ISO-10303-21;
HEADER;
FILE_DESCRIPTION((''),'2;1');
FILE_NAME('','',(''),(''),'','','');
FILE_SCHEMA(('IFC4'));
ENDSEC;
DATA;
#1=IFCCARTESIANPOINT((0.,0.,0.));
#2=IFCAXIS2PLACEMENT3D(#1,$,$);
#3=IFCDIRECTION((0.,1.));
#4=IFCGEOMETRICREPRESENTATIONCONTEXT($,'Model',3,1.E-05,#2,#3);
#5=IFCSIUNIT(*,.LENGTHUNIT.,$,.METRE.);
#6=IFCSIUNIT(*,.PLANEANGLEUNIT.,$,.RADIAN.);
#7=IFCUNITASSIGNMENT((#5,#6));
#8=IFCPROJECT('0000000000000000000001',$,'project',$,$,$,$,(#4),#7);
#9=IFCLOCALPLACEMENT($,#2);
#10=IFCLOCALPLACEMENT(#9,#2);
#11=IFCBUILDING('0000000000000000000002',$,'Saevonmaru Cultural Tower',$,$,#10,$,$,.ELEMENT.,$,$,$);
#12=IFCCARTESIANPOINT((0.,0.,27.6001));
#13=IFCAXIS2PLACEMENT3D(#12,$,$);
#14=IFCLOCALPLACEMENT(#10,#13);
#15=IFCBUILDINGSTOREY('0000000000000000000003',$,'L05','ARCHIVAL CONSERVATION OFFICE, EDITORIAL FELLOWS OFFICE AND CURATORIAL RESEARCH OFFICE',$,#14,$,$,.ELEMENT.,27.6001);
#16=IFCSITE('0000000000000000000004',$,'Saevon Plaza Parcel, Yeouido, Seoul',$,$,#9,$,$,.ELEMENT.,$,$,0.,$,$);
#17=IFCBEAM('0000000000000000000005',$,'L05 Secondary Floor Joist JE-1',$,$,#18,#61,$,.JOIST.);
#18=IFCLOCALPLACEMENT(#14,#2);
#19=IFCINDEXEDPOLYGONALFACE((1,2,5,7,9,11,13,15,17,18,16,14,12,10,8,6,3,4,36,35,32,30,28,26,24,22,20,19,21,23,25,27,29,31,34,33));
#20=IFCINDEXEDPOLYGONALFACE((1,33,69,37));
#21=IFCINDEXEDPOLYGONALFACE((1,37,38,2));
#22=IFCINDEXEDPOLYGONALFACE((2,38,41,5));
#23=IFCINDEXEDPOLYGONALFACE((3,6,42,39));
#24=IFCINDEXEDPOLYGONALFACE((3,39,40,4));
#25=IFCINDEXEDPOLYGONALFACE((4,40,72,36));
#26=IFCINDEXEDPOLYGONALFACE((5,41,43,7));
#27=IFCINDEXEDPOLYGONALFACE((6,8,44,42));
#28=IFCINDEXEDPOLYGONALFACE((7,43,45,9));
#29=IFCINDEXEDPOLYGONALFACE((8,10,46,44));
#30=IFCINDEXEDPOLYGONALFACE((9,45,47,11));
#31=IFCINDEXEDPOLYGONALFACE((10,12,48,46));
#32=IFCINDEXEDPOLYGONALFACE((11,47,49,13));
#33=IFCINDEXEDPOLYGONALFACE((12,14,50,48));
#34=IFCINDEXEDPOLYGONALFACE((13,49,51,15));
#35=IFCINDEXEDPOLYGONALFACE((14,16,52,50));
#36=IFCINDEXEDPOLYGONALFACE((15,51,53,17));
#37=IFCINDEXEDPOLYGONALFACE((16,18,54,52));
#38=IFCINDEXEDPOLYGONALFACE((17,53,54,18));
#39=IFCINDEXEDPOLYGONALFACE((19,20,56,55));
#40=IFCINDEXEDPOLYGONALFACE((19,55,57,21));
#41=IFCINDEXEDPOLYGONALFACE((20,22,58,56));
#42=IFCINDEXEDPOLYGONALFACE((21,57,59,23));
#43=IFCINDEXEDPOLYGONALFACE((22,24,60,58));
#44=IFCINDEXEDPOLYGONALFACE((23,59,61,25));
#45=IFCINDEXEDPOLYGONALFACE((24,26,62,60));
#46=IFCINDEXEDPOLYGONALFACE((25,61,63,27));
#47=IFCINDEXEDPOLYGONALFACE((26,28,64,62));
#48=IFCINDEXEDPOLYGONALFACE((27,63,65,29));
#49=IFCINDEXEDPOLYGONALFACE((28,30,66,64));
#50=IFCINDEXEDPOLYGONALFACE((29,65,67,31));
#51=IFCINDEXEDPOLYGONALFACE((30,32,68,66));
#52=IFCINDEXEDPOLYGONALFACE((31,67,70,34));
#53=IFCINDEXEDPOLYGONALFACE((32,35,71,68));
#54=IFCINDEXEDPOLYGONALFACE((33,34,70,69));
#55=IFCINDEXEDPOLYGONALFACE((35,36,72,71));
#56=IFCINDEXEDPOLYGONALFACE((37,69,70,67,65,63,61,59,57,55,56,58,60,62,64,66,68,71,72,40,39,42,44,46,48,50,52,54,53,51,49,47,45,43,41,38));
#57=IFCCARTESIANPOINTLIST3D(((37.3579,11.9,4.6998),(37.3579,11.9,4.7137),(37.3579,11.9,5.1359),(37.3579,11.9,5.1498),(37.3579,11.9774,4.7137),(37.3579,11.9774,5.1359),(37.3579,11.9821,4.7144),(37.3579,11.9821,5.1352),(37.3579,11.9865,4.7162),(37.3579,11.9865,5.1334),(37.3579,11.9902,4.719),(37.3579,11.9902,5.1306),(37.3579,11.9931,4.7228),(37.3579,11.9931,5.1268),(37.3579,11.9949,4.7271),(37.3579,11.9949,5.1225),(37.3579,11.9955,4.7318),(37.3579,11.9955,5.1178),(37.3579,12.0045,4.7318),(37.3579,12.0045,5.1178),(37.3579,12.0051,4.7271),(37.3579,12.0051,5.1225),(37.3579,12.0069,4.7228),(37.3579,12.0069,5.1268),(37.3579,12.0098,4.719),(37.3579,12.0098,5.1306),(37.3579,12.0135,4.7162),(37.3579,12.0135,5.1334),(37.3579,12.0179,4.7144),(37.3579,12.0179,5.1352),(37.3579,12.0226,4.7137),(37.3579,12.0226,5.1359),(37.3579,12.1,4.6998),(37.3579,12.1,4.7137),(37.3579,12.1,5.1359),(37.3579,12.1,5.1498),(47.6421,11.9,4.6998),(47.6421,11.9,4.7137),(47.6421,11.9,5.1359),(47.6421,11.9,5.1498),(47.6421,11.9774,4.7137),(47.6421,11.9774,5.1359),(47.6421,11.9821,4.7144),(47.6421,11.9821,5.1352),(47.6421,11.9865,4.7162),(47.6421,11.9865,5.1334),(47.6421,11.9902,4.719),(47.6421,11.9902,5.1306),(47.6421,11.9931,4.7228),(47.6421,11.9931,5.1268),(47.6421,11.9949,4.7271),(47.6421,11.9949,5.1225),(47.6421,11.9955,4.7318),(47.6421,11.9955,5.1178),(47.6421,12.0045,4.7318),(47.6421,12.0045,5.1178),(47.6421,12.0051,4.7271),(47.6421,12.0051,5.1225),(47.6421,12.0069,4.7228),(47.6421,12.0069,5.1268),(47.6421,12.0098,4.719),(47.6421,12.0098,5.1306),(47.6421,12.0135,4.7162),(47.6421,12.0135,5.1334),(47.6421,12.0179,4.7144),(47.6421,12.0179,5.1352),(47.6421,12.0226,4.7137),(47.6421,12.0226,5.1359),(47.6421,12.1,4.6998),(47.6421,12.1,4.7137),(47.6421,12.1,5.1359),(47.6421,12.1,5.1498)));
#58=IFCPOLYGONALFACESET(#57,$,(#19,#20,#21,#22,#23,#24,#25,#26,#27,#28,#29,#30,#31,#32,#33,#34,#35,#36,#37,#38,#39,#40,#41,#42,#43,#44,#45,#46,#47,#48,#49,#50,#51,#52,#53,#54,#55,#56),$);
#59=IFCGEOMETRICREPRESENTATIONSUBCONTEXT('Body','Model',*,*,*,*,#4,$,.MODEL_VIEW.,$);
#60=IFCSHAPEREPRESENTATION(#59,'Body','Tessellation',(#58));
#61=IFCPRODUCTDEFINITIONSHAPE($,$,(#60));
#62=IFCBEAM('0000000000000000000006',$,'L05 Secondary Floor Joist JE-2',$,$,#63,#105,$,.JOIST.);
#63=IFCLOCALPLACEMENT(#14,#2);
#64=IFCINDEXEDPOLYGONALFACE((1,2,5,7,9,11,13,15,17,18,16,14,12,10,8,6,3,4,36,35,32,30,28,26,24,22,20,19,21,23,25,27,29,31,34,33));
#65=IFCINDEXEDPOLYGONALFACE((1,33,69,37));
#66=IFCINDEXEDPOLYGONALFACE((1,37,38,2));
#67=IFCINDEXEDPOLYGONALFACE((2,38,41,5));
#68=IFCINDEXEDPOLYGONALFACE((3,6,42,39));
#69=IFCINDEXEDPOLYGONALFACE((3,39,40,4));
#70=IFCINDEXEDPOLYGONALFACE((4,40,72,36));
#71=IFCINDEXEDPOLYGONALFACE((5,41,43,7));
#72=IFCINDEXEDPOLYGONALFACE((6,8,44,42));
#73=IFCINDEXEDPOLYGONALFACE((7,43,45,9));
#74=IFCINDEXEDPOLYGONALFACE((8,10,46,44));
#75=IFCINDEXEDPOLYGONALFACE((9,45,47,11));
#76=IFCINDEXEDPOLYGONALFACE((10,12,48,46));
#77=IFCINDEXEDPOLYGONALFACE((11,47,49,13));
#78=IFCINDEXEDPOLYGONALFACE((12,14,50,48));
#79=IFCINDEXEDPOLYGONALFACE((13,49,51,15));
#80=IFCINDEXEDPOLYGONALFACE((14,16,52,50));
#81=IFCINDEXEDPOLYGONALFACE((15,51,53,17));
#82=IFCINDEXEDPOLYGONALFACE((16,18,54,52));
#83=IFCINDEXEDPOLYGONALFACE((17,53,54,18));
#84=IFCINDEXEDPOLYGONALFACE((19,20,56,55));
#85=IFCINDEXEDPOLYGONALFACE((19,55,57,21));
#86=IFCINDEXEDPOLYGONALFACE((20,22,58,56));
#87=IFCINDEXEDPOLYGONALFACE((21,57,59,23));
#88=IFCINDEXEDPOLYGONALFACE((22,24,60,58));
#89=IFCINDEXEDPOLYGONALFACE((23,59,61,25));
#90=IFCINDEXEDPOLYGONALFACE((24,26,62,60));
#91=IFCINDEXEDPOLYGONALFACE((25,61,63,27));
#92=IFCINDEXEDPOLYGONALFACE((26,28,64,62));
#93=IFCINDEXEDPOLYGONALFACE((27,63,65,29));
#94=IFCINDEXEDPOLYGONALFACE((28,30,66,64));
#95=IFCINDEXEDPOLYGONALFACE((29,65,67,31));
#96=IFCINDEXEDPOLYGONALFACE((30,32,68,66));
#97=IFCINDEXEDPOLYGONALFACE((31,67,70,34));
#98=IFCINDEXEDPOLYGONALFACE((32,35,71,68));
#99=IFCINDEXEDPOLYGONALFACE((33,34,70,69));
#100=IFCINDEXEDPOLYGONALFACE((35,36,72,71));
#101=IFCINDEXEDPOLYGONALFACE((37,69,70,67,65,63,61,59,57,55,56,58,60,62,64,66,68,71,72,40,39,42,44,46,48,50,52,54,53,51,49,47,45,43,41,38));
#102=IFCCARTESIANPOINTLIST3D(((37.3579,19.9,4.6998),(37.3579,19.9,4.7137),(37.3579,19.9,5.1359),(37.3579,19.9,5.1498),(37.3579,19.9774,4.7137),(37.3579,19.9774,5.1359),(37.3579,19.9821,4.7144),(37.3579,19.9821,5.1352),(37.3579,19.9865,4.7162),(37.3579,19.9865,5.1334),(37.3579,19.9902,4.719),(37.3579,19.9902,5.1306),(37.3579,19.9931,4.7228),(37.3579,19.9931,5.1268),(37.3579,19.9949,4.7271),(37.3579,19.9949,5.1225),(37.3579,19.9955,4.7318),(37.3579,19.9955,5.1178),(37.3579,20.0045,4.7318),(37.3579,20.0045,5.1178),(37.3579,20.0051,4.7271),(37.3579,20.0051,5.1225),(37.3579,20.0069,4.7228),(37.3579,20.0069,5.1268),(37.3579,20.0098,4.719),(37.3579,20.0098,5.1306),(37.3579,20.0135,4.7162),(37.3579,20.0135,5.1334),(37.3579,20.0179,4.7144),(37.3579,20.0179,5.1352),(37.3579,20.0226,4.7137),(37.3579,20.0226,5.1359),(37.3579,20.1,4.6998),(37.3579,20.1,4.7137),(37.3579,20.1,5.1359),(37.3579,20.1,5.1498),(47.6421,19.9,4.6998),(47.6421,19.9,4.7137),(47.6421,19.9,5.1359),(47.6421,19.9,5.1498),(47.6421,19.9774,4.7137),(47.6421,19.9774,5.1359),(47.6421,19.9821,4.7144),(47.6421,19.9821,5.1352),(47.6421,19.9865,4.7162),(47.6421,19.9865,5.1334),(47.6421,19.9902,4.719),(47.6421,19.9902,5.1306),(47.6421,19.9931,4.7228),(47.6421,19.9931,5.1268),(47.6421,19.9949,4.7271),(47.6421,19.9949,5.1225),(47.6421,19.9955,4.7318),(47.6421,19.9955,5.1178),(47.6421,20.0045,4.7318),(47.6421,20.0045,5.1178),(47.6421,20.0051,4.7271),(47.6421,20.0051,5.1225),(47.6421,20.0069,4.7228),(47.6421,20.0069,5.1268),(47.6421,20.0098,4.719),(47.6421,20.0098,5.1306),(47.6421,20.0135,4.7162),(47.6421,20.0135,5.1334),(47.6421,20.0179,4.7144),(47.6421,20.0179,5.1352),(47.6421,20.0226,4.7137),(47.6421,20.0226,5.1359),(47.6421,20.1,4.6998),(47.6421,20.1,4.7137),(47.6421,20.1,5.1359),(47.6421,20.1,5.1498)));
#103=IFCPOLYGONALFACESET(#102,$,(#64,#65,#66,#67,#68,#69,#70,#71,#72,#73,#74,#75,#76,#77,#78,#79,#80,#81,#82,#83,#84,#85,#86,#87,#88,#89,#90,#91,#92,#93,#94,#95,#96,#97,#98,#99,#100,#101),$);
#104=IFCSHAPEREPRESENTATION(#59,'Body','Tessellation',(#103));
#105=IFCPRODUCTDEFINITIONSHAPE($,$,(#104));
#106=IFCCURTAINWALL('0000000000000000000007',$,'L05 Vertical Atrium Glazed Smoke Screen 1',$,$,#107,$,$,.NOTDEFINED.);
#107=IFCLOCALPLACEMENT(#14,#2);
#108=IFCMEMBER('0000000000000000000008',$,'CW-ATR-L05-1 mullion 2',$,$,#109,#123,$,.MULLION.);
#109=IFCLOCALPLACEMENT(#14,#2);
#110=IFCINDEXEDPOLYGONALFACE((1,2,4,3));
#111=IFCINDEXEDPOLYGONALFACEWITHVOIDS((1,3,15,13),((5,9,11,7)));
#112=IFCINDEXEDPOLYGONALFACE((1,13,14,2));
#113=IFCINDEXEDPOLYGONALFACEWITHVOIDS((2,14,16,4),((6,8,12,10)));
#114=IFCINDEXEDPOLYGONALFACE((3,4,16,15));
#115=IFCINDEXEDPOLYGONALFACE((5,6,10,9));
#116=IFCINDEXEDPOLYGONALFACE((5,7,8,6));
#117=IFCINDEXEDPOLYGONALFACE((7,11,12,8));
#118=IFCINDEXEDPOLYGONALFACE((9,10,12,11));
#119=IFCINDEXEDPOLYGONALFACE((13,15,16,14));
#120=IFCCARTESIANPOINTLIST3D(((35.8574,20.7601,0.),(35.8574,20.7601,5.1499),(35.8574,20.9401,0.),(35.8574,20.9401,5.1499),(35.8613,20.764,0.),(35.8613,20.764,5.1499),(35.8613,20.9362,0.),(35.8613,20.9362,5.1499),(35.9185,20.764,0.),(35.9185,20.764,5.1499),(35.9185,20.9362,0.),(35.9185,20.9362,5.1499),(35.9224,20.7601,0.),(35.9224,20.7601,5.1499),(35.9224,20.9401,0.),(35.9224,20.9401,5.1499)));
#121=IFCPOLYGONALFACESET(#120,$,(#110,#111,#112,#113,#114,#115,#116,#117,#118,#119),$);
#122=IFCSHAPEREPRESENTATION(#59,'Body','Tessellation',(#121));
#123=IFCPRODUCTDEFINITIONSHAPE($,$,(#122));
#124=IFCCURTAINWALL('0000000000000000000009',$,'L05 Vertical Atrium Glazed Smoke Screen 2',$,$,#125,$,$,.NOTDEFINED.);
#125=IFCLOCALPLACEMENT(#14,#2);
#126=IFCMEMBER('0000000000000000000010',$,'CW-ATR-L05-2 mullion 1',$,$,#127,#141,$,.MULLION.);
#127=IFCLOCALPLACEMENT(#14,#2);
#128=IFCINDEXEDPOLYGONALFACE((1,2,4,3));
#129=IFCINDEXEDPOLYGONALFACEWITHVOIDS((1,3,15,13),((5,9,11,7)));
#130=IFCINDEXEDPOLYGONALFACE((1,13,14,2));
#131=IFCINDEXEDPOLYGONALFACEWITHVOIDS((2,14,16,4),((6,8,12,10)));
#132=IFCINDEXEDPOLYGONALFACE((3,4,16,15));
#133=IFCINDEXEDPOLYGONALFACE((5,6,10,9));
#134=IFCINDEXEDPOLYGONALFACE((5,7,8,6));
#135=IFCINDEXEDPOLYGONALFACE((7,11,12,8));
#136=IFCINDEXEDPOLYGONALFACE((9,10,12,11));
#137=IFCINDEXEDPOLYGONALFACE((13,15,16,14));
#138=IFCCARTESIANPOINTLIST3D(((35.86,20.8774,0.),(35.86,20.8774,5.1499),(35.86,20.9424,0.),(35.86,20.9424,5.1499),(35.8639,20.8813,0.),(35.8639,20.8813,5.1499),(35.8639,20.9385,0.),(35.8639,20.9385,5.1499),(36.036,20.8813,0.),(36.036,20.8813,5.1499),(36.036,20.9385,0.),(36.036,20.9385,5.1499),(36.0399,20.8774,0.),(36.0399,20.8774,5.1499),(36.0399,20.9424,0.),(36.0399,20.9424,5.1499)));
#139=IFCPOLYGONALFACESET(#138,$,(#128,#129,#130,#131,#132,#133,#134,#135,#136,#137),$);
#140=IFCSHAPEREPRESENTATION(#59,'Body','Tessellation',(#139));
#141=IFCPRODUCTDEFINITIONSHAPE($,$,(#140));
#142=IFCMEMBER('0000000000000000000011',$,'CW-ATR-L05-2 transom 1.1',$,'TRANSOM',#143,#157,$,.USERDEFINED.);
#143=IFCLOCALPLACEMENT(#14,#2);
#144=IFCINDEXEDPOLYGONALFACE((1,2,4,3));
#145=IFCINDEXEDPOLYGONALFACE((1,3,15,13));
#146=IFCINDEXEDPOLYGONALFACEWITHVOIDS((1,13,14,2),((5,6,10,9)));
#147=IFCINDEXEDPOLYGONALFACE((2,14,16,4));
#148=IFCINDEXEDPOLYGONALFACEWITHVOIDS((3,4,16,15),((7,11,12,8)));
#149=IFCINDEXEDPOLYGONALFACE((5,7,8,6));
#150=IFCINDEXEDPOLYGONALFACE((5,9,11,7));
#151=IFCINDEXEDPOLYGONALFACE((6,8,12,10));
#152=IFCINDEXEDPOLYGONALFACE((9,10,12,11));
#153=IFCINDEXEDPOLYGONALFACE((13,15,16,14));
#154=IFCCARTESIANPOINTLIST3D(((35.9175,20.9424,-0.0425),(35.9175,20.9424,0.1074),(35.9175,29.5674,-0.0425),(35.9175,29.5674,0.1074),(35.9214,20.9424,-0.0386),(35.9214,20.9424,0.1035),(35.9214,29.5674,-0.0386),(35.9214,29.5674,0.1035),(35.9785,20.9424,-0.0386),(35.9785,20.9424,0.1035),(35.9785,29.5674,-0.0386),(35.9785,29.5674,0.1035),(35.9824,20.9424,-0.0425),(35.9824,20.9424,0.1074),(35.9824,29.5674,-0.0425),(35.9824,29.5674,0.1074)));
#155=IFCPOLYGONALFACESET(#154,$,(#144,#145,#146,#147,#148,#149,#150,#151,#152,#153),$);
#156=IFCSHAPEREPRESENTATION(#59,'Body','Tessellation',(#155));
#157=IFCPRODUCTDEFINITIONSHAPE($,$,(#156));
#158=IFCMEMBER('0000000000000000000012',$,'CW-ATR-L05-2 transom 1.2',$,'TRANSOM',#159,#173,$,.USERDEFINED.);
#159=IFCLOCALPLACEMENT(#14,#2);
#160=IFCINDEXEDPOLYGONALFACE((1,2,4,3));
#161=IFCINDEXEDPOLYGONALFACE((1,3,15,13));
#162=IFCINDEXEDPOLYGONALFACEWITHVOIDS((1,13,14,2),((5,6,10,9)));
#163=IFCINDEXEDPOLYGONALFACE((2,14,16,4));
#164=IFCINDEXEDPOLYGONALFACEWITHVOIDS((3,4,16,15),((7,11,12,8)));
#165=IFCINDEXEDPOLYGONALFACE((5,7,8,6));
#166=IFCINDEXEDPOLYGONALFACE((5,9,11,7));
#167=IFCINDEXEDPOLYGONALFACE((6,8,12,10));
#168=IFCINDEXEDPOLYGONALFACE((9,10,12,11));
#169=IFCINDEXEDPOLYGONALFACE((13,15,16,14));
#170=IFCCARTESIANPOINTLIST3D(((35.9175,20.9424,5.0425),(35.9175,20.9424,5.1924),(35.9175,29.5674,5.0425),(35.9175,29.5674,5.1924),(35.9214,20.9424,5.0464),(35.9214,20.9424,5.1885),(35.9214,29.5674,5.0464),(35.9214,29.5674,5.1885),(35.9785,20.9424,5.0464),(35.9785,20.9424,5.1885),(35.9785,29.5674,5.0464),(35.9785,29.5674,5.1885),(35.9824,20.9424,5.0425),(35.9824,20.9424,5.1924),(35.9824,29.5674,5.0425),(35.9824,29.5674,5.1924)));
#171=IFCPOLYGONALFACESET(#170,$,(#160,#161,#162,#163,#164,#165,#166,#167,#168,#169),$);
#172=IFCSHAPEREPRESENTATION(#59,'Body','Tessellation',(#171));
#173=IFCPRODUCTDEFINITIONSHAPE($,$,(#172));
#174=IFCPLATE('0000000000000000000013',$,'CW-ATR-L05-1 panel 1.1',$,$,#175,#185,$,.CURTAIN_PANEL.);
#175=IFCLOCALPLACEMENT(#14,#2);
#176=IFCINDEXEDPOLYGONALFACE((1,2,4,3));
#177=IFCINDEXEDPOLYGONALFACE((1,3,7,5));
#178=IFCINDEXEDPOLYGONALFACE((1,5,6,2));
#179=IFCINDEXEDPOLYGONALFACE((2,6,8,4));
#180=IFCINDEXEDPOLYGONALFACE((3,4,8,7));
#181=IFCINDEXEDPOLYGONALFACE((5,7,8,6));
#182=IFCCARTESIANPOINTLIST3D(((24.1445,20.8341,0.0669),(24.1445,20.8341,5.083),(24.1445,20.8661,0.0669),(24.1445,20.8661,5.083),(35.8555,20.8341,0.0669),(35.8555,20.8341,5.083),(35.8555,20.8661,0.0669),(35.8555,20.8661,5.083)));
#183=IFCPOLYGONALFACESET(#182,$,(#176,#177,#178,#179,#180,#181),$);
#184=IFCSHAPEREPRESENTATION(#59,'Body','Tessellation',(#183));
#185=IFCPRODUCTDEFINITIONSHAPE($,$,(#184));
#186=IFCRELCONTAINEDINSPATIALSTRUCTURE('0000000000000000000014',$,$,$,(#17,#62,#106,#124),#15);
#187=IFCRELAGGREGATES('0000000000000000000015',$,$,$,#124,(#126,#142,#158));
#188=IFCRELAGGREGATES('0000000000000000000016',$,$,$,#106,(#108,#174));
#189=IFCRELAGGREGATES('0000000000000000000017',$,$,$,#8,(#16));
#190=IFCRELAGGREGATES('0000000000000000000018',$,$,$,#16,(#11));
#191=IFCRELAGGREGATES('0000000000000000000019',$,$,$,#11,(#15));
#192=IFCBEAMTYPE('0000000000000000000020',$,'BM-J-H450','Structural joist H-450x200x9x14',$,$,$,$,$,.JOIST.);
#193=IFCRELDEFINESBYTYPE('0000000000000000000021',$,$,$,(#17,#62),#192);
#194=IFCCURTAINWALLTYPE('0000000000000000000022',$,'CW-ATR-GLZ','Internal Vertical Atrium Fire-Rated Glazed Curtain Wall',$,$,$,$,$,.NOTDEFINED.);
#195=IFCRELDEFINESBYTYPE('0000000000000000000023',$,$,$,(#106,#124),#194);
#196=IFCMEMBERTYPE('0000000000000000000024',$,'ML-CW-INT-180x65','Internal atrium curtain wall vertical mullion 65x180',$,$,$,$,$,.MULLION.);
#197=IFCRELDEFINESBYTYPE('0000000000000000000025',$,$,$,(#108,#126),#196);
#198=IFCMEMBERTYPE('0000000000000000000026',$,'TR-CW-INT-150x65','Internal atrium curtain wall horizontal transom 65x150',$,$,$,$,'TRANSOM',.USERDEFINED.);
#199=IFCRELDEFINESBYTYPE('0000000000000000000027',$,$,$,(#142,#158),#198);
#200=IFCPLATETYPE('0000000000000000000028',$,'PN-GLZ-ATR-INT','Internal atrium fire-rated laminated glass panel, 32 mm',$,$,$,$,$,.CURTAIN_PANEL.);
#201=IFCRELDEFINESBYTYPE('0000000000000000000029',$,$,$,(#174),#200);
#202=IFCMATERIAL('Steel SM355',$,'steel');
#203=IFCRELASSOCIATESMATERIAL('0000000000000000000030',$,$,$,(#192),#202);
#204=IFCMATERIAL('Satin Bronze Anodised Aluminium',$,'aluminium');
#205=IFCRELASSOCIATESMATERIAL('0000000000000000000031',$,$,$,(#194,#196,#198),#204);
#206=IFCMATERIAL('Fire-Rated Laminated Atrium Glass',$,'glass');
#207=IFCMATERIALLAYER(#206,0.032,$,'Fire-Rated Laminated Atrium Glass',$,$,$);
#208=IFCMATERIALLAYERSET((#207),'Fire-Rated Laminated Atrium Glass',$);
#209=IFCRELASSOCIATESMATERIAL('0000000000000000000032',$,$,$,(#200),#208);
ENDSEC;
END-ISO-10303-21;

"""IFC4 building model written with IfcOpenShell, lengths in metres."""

from ifc_helpers import new_model, si_unit, direction, frame, origin, origin_2d, place, context, subcontext, project, spatial, rectangle, hollow_rectangle, i_section, extrude, material, layer, layer_set, material_profile, profile_set, type_object, element, aggregate, save


model = new_model("IFC4")

# Units and contexts
model_context = context("Model", 3, precision=1e-05, world=origin(), true_north=direction((0.0, 1.0)))
body_context = subcontext(model_context, "Body", "Model", "MODEL_VIEW")
ifc_project = project(units=[si_unit("LENGTHUNIT", "METRE"), si_unit("PLANEANGLEUNIT", "RADIAN")], contexts=[model_context])

# Site, building, storey
site_placement = place(None, origin())
site = spatial("IfcSite", under=ifc_project, at=site_placement, Name="Saevon Plaza Parcel, Yeouido, Seoul", CompositionType="ELEMENT", RefElevation=0.0)
building_placement = place(site_placement, origin())
building = spatial("IfcBuilding", under=site, at=building_placement, Name="Saevonmaru Cultural Tower", CompositionType="ELEMENT")
storey_placement = place(building_placement, frame((0.0, 0.0, 27.6001)))
storey = spatial("IfcBuildingStorey", under=building, at=storey_placement, Name="L05", Description="ARCHIVAL CONSERVATION OFFICE, EDITORIAL FELLOWS OFFICE AND CURATORIAL RESEARCH OFFICE", CompositionType="ELEMENT", Elevation=27.6001)

# Beams
ifc_material_1 = material(Name="Steel SM355", Category="steel")
ifc_material_profile_1 = material_profile(ifc_material_1, i_section(OverallWidth=0.2, OverallDepth=0.45, WebThickness=0.009, FlangeThickness=0.0139, FilletRadius=0.0181, at=origin_2d()), Name="H-450x200x9x14")
ifc_profile_set_1 = profile_set([ifc_material_profile_1], Name="Steel SM355")
beam_type_1 = type_object("IfcBeamType", Name="BM-J-H450", Description="Structural joist H-450x200x9x14", PredefinedType="JOIST", material=ifc_profile_set_1)
for number, where, z_axis, x_axis, name in (
    (1, (37.3579, 12.0, 4.9248), (1.0, 0.0, 0.0), (0.0, 1.0, 0.0), "L05 Secondary Floor Joist JE-1"),
    (2, (37.3579, 20.0, 4.9248), (1.0, 0.0, 0.0), (0.0, 1.0, 0.0), "L05 Secondary Floor Joist JE-2"),
):
    element("IfcBeam", number, at=place(storey_placement, frame(where, z_axis=z_axis, x_axis=x_axis)), inside=storey, type_object=beam_type_1, Name=name, PredefinedType="JOIST", context=body_context, shape_type="SweptSolid", body=[
        extrude(i_section(OverallWidth=0.2, OverallDepth=0.45, WebThickness=0.009, FlangeThickness=0.0139, FilletRadius=0.0181, at=origin_2d()), origin(), (0.0, 0.0, 1.0), 10.2842),
    ])

# Curtain wall, member
ifc_material_2 = material(Name="Satin Bronze Anodised Aluminium", Category="aluminium")
curtain_wall_type = type_object("IfcCurtainWallType", Name="CW-ATR-GLZ", Description="Internal Vertical Atrium Fire-Rated Glazed Curtain Wall", PredefinedType="NOTDEFINED", material=ifc_material_2)
curtain_wall_1_placement = place(storey_placement, origin())
curtain_wall_1 = element("IfcCurtainWall", 3, at=curtain_wall_1_placement, inside=storey, type_object=curtain_wall_type, Name="L05 Vertical Atrium Glazed Smoke Screen 1", PredefinedType="NOTDEFINED")
ifc_material_profile_2 = material_profile(ifc_material_2, hollow_rectangle(XDim=0.0649, YDim=0.1799, WallThickness=0.0039, at=origin_2d()), Name="ALU-MULL-180x65x4")
ifc_profile_set_2 = profile_set([ifc_material_profile_2], Name="Satin Bronze Anodised Aluminium")
member_type_1 = type_object("IfcMemberType", Name="ML-CW-INT-180x65", Description="Internal atrium curtain wall vertical mullion 65x180", PredefinedType="MULLION", material=ifc_profile_set_2)
member_1_placement = place(storey_placement, frame((35.8899, 20.8501, 0.0), z_axis=(0.0, 0.0, 1.0), x_axis=(1.0, 0.0, 0.0)))
member_1 = element("IfcMember", 4, at=member_1_placement, type_object=member_type_1, Name="CW-ATR-L05-1 mullion 2", PredefinedType="MULLION", context=body_context, shape_type="SweptSolid", body=[
    extrude(hollow_rectangle(XDim=0.0649, YDim=0.1799, WallThickness=0.0039, at=origin_2d()), origin(), (0.0, 0.0, 1.0), 5.1499),
])

# Curtain wall, members
curtain_wall_2_placement = place(storey_placement, origin())
curtain_wall_2 = element("IfcCurtainWall", 5, at=curtain_wall_2_placement, inside=storey, type_object=curtain_wall_type, Name="L05 Vertical Atrium Glazed Smoke Screen 2", PredefinedType="NOTDEFINED")
member_2_placement = place(storey_placement, frame((35.95, 20.9099, 0.0), z_axis=(0.0, 0.0, 1.0), x_axis=(0.0, 1.0, 0.0)))
member_2 = element("IfcMember", 6, at=member_2_placement, type_object=member_type_1, Name="CW-ATR-L05-2 mullion 1", PredefinedType="MULLION", context=body_context, shape_type="SweptSolid", body=[
    extrude(hollow_rectangle(XDim=0.0649, YDim=0.1799, WallThickness=0.0039, at=origin_2d()), origin(), (0.0, 0.0, 1.0), 5.1499),
])
ifc_material_profile_3 = material_profile(ifc_material_2, hollow_rectangle(XDim=0.0649, YDim=0.1499, WallThickness=0.0039, at=origin_2d()), Name="ALU-TRAN-150x65x4")
ifc_profile_set_3 = profile_set([ifc_material_profile_3], Name="Satin Bronze Anodised Aluminium")
member_type_2 = type_object("IfcMemberType", Name="TR-CW-INT-150x65", Description="Internal atrium curtain wall horizontal transom 65x150", ElementType="TRANSOM", PredefinedType="USERDEFINED", material=ifc_profile_set_3)
member_3_placement = place(storey_placement, frame((35.95, 20.9424, 0.0325), z_axis=(0.0, 1.0, 0.0), x_axis=(-1.0, 0.0, 0.0)))
member_3 = element("IfcMember", 7, at=member_3_placement, type_object=member_type_2, Name="CW-ATR-L05-2 transom 1.1", ObjectType="TRANSOM", PredefinedType="USERDEFINED", context=body_context, shape_type="SweptSolid", body=[
    extrude(hollow_rectangle(XDim=0.0649, YDim=0.1499, WallThickness=0.0039, at=origin_2d()), origin(), (0.0, 0.0, 1.0), 8.625),
])
member_4_placement = place(storey_placement, frame((35.95, 20.9424, 5.1174), z_axis=(0.0, 1.0, 0.0), x_axis=(-1.0, 0.0, 0.0)))
member_4 = element("IfcMember", 8, at=member_4_placement, type_object=member_type_2, Name="CW-ATR-L05-2 transom 1.2", ObjectType="TRANSOM", PredefinedType="USERDEFINED", context=body_context, shape_type="SweptSolid", body=[
    extrude(hollow_rectangle(XDim=0.0649, YDim=0.1499, WallThickness=0.0039, at=origin_2d()), origin(), (0.0, 0.0, 1.0), 8.625),
])
aggregate(curtain_wall_2, [member_2, member_3, member_4])

# Plate
ifc_material_3 = material(Name="Fire-Rated Laminated Atrium Glass", Category="glass")
ifc_layer_1 = layer(ifc_material_3, 0.032, Name="Fire-Rated Laminated Atrium Glass")
ifc_layer_set_1 = layer_set([ifc_layer_1], Name="Fire-Rated Laminated Atrium Glass")
plate_type = type_object("IfcPlateType", Name="PN-GLZ-ATR-INT", Description="Internal atrium fire-rated laminated glass panel, 32 mm", PredefinedType="CURTAIN_PANEL", material=ifc_layer_set_1)
plate_placement = place(storey_placement, frame((30.0, 20.8501, 0.0669), z_axis=(0.0, 0.0, 1.0), x_axis=(1.0, 0.0, 0.0)))
plate = element("IfcPlate", 9, at=plate_placement, type_object=plate_type, Name="CW-ATR-L05-1 panel 1.1", PredefinedType="CURTAIN_PANEL", context=body_context, shape_type="SweptSolid", body=[
    extrude(rectangle(XDim=11.7109, YDim=0.032, at=origin_2d()), origin(), (0.0, 0.0, 1.0), 5.0161),
])
aggregate(curtain_wall_1, [member_1, plate])

save(model, "model.ifc")
